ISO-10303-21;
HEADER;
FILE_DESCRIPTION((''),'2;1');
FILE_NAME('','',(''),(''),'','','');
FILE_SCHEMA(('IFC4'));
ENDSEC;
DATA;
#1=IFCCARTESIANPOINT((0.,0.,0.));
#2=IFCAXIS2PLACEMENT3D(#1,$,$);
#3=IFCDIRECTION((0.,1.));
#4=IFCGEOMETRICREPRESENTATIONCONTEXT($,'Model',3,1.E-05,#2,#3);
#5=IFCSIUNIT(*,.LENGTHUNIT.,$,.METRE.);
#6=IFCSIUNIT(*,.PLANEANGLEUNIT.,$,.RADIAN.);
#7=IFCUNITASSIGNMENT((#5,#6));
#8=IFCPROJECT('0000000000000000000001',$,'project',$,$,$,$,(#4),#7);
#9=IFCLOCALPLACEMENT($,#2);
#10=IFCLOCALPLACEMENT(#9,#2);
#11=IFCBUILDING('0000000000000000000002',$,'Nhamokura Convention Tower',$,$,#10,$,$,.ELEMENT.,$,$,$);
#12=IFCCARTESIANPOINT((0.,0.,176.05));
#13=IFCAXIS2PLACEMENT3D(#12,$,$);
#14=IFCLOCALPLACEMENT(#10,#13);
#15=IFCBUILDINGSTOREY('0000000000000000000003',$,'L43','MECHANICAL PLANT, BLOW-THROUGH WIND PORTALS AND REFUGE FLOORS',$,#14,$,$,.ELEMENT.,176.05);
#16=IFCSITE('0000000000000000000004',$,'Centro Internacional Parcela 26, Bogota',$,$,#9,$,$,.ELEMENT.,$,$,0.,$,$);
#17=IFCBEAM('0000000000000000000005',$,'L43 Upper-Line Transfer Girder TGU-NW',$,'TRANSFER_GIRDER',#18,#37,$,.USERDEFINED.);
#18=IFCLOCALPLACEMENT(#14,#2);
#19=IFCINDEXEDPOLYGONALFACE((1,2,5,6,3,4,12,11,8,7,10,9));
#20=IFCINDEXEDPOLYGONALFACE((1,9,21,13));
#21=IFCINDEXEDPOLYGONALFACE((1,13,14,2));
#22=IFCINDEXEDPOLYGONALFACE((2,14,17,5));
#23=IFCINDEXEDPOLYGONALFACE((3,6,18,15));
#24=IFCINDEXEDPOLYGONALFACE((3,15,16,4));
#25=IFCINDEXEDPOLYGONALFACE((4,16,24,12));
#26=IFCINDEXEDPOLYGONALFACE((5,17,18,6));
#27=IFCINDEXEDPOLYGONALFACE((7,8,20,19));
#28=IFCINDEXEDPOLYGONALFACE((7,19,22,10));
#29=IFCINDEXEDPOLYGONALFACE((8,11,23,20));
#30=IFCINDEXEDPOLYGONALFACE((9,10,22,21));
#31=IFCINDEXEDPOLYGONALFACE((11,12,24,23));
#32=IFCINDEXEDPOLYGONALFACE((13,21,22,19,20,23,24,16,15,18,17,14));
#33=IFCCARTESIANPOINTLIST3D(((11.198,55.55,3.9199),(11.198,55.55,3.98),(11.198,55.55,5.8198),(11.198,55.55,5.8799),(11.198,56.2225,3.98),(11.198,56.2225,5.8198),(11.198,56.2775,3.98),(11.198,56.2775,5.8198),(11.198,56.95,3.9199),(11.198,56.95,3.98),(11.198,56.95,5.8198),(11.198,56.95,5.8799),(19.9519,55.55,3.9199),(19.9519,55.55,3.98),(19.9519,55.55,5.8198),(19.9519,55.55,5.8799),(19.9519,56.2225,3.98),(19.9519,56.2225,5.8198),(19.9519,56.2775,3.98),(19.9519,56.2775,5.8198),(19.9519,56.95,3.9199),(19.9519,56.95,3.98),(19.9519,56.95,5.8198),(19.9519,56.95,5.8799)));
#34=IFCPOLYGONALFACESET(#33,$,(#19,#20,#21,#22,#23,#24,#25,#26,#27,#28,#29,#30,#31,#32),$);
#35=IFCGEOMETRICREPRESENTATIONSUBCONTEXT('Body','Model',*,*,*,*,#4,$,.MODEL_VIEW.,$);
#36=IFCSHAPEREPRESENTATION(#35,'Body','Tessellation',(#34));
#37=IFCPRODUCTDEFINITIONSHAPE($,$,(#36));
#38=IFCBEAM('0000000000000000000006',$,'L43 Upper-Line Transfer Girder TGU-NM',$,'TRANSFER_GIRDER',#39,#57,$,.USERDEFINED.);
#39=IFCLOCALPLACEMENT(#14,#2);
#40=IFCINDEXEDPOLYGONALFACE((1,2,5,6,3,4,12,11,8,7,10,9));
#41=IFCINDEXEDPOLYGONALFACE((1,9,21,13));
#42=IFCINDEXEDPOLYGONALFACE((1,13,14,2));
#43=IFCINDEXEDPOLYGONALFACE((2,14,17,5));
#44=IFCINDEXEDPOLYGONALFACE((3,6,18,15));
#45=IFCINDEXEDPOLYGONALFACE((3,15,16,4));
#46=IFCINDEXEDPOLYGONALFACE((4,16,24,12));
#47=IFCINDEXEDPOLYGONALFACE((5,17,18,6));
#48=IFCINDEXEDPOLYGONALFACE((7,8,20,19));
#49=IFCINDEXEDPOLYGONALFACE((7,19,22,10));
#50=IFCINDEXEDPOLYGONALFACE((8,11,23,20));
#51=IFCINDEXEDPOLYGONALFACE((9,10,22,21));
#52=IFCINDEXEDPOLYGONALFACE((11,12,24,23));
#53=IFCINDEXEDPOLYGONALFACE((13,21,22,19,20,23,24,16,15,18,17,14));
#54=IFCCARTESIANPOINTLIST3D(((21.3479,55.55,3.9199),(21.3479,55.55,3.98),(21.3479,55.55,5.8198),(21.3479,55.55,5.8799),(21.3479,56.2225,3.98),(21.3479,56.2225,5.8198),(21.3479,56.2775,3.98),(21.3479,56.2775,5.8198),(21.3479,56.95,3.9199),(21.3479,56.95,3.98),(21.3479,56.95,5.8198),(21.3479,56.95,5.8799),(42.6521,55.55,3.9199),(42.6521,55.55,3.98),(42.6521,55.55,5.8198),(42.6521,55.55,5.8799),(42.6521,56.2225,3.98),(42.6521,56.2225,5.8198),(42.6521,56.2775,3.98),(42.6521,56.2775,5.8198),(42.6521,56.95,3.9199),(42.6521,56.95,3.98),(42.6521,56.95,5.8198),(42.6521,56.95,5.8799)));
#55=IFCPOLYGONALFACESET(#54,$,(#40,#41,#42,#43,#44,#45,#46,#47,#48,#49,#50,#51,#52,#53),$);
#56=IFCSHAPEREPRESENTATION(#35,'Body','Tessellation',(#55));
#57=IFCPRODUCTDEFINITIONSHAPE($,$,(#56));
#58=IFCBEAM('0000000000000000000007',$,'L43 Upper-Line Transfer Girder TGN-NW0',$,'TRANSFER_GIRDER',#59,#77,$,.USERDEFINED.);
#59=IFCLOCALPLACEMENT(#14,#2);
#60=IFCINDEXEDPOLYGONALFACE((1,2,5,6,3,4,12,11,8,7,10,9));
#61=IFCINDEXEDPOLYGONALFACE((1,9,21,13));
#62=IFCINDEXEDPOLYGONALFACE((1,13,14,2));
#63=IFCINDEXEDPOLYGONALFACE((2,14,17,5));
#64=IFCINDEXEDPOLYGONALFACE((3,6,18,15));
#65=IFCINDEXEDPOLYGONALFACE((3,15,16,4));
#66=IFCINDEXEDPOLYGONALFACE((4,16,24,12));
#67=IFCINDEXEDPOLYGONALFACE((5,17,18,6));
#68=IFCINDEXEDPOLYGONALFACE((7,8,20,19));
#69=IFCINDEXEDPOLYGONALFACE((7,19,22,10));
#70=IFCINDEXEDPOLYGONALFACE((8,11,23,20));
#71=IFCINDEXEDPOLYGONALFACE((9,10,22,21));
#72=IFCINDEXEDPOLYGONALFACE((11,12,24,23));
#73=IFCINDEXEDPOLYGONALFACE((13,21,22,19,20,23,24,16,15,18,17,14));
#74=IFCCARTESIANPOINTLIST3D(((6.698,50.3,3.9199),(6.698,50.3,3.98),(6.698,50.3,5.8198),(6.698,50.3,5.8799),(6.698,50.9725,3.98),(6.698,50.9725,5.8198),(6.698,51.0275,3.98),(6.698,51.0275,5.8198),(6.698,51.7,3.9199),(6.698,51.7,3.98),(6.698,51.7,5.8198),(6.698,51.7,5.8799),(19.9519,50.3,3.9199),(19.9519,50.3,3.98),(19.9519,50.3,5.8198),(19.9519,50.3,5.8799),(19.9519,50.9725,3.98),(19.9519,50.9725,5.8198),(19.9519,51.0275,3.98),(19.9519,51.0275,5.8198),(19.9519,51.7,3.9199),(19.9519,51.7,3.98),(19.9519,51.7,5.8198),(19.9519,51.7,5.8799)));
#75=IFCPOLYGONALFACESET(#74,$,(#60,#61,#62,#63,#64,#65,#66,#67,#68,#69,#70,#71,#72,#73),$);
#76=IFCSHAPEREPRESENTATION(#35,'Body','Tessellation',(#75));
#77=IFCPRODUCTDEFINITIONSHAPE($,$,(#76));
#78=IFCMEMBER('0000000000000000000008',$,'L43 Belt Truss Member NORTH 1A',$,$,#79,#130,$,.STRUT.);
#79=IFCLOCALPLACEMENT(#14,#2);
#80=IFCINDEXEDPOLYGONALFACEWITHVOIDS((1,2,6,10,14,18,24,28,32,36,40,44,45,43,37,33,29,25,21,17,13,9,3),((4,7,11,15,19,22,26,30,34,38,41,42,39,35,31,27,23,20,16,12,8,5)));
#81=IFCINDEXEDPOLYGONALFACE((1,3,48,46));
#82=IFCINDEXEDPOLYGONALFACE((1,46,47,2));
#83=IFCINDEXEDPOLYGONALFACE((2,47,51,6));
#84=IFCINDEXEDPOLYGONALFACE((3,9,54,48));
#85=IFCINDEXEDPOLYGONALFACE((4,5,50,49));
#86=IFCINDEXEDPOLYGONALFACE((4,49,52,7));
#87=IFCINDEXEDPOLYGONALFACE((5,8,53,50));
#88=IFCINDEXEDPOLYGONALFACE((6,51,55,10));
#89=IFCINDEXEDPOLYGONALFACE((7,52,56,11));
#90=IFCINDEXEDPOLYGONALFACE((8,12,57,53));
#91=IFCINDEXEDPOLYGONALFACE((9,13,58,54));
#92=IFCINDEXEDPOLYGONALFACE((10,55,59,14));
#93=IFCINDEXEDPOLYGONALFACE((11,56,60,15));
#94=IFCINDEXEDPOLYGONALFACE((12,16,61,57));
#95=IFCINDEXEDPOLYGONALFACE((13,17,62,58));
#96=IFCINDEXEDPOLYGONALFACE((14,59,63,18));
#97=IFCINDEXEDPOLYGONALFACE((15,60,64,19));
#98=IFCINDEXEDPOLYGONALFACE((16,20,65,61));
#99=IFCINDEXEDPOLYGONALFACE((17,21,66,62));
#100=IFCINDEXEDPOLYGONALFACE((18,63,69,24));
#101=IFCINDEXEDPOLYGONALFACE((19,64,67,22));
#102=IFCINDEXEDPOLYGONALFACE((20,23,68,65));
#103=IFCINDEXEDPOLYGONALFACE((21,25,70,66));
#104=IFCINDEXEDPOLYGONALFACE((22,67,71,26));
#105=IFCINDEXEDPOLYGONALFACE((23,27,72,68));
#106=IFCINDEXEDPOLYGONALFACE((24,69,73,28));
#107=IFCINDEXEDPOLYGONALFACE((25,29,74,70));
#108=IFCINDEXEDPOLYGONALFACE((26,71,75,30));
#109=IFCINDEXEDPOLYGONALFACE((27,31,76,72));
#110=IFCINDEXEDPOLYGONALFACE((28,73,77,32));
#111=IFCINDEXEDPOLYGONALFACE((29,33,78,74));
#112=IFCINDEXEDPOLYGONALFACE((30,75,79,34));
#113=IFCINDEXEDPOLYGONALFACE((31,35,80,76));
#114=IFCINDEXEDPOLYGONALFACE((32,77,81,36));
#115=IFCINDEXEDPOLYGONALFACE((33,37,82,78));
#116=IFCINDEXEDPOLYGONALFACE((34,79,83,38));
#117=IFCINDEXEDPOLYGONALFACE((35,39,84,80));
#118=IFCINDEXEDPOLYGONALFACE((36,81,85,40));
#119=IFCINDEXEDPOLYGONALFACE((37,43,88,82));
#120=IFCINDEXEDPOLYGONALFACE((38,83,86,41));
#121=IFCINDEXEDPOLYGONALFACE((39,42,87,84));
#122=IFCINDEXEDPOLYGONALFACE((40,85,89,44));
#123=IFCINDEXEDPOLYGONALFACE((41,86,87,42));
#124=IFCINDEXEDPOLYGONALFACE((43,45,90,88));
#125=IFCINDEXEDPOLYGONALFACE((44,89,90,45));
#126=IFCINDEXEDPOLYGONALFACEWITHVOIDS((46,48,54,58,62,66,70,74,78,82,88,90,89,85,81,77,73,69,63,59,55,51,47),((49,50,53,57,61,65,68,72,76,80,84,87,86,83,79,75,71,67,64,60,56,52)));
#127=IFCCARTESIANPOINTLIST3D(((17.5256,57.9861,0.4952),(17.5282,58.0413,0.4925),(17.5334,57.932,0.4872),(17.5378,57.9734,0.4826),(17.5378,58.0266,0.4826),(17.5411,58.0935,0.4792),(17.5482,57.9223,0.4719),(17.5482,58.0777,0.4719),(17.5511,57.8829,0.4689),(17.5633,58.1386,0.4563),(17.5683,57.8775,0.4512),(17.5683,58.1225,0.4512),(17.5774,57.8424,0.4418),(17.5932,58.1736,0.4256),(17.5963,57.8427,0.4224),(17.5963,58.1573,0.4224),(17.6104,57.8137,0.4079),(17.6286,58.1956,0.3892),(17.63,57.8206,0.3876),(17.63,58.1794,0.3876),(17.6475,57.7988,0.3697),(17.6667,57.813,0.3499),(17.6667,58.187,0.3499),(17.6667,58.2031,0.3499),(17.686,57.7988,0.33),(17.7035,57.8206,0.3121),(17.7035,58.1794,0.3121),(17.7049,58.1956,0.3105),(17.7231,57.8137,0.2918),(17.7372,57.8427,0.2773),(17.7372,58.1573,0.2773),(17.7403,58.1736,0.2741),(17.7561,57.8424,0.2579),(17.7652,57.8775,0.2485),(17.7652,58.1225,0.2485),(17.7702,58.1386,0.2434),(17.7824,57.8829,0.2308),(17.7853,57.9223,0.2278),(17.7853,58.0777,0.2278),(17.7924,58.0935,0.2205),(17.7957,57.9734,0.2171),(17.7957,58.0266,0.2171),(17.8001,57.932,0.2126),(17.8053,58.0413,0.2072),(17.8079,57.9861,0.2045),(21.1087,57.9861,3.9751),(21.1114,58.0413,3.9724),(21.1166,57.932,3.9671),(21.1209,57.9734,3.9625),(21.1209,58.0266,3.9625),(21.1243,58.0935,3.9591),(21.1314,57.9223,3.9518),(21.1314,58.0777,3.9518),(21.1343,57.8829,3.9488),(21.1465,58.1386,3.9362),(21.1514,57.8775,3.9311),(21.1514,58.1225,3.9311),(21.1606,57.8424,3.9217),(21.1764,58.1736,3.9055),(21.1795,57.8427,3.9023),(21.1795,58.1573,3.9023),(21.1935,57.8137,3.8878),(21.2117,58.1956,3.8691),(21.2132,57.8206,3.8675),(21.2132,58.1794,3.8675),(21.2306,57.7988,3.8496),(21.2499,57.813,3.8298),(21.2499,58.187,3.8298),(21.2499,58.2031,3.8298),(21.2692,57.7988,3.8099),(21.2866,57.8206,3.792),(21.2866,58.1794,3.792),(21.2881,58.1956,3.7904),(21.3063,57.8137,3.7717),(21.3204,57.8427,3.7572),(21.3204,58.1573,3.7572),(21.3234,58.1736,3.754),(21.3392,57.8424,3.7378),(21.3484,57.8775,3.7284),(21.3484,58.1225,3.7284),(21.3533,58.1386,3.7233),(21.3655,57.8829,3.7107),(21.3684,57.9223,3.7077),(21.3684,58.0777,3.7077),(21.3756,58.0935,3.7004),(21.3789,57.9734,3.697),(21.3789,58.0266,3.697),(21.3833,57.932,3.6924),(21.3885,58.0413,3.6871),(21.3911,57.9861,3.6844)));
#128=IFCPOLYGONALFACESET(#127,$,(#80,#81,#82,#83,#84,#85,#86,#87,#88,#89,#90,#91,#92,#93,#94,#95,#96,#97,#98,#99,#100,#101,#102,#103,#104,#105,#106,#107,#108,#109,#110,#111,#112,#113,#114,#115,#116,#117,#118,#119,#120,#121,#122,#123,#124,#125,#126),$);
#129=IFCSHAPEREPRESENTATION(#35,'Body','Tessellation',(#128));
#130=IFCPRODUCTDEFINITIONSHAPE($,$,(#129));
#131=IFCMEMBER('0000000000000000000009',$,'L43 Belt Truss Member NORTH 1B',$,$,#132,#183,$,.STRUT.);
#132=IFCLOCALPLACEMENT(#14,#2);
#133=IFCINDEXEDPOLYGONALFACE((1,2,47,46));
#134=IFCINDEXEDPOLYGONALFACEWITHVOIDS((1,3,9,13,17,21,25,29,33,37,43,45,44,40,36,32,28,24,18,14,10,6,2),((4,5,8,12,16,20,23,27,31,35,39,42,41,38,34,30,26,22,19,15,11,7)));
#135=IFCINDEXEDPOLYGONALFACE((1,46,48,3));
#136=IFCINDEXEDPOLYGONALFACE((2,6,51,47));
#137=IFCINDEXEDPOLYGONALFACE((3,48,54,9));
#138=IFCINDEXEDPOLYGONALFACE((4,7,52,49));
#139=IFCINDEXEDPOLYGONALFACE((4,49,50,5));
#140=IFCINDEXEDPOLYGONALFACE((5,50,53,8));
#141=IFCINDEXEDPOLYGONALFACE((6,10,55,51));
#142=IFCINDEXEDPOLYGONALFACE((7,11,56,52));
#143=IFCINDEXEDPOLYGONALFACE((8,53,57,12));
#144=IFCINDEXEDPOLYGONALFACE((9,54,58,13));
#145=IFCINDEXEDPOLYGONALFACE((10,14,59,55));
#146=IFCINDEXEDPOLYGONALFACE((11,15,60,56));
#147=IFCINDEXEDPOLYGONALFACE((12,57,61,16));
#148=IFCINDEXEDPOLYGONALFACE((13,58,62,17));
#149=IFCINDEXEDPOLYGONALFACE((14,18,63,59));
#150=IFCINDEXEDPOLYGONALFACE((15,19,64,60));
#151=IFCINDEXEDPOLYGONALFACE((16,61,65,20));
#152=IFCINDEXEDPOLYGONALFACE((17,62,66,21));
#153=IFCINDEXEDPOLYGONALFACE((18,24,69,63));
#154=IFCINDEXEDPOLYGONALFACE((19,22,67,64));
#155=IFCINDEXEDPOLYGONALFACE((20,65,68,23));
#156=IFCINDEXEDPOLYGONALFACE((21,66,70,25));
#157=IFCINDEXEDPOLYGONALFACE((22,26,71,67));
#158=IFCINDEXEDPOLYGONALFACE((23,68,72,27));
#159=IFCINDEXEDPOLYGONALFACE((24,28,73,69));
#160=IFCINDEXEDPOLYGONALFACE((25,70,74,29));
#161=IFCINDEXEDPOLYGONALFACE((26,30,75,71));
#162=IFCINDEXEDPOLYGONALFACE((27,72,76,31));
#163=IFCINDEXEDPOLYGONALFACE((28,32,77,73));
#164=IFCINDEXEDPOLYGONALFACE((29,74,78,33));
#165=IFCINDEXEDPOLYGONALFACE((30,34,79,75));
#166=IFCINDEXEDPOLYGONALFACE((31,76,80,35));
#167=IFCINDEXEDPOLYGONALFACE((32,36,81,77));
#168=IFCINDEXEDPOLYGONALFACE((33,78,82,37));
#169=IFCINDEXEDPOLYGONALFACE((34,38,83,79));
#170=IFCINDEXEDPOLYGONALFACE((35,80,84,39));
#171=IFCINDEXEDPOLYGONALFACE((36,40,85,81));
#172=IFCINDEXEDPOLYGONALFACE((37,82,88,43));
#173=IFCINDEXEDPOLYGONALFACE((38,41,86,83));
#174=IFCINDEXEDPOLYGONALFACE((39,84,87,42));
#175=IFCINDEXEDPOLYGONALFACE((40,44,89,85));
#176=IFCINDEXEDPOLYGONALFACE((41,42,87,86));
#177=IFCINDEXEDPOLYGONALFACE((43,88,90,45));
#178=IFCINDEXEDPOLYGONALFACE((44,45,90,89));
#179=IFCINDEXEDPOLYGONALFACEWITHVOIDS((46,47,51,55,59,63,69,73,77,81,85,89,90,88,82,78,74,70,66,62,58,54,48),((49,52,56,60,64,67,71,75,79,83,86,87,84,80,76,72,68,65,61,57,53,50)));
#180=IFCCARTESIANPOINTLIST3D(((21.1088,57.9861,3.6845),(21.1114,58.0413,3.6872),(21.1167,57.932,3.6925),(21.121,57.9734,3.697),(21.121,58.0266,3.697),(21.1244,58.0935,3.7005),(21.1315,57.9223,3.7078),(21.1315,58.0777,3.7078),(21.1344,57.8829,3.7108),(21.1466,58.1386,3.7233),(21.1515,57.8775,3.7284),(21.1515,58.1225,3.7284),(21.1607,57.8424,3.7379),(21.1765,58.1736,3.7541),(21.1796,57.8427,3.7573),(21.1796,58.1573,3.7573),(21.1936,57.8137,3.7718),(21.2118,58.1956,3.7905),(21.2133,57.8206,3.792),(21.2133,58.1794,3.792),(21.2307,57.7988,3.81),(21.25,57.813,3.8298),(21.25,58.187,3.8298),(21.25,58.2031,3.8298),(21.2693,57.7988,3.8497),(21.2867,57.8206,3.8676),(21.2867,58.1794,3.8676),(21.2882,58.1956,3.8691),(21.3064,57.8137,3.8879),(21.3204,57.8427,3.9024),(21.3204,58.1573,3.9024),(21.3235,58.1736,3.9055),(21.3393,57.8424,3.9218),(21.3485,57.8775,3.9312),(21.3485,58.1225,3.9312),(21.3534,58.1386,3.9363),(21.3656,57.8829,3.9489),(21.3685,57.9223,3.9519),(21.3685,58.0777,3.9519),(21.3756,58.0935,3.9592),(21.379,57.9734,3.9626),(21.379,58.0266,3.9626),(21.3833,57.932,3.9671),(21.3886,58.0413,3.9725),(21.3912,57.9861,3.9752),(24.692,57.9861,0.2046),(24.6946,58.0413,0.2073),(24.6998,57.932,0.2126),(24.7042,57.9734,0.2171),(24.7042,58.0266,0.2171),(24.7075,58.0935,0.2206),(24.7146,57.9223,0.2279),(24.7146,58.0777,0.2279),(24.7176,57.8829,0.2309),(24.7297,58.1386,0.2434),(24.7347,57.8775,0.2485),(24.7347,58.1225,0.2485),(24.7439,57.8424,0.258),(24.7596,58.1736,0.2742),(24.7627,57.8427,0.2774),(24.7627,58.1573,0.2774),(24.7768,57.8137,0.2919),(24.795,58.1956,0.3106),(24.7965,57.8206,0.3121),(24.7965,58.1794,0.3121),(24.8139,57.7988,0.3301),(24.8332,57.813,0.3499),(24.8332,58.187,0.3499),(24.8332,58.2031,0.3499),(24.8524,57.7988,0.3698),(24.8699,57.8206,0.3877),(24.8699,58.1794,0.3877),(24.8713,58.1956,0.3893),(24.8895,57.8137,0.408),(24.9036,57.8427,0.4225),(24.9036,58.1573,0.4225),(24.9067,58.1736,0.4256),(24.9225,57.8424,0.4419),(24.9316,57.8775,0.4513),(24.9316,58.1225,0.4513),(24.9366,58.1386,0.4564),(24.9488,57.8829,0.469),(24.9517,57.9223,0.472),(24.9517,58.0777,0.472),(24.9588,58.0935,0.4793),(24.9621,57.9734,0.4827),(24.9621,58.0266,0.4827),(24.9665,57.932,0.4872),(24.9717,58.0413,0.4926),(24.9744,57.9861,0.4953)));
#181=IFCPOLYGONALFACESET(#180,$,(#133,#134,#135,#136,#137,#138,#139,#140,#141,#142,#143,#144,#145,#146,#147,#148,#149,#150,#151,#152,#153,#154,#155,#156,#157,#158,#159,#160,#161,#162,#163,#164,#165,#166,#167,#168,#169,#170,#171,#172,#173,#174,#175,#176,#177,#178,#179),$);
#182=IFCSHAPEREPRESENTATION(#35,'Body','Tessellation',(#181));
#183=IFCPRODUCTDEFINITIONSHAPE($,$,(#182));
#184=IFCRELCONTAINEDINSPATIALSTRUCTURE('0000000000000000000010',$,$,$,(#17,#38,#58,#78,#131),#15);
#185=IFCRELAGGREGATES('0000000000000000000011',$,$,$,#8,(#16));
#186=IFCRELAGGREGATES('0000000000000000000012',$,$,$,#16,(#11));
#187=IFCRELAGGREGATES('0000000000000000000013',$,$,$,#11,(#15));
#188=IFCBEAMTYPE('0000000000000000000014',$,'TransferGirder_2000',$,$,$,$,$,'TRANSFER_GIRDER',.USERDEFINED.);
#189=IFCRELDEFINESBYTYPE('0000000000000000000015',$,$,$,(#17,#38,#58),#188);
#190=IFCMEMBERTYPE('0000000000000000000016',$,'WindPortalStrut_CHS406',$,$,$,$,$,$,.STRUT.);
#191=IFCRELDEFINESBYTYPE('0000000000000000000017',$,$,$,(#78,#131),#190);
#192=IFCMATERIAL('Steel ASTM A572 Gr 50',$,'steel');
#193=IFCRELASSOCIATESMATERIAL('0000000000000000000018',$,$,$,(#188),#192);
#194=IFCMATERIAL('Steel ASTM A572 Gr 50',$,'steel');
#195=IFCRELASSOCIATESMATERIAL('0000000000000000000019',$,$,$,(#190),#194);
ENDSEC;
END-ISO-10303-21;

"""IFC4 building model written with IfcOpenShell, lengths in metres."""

from ifc_helpers import new_model, si_unit, direction, frame, origin, origin_2d, place, context, subcontext, project, spatial, hollow_circle, i_section, extrude, material, material_profile, profile_set, type_object, element, save


model = new_model("IFC4")

# Units and contexts
model_context = context("Model", 3, precision=1e-05, world=origin(), true_north=direction((0.0, 1.0)))
body_context = subcontext(model_context, "Body", "Model", "MODEL_VIEW")
ifc_project = project(units=[si_unit("LENGTHUNIT", "METRE"), si_unit("PLANEANGLEUNIT", "RADIAN")], contexts=[model_context])

# Site, building, storey
site_placement = place(None, origin())
site = spatial("IfcSite", under=ifc_project, at=site_placement, Name="Centro Internacional Parcela 26, Bogota", CompositionType="ELEMENT", RefElevation=0.0)
building_placement = place(site_placement, origin())
building = spatial("IfcBuilding", under=site, at=building_placement, Name="Nhamokura Convention Tower", CompositionType="ELEMENT")
storey_placement = place(building_placement, frame((0.0, 0.0, 176.05)))
storey = spatial("IfcBuildingStorey", under=building, at=storey_placement, Name="L43", Description="MECHANICAL PLANT, BLOW-THROUGH WIND PORTALS AND REFUGE FLOORS", CompositionType="ELEMENT", Elevation=176.05)

# Beams
ifc_material_1 = material(Name="Steel ASTM A572 Gr 50", Category="steel")
ifc_material_profile_1 = material_profile(ifc_material_1, i_section(OverallWidth=1.3999, OverallDepth=1.96, WebThickness=0.0549, FlangeThickness=0.0601, at=origin_2d()))
ifc_profile_set_1 = profile_set([ifc_material_profile_1], Name="Steel ASTM A572 Gr 50")
beam_type_1 = type_object("IfcBeamType", Name="TransferGirder_2000", ElementType="TRANSFER_GIRDER", PredefinedType="USERDEFINED", material=ifc_profile_set_1)
beam_1_placement = place(storey_placement, frame((11.198, 56.25, 4.8999), z_axis=(1.0, 0.0, 0.0), x_axis=(0.0, 1.0, 0.0)))
element("IfcBeam", 1, at=beam_1_placement, inside=storey, type_object=beam_type_1, Name="L43 Upper-Line Transfer Girder TGU-NW", ObjectType="TRANSFER_GIRDER", PredefinedType="USERDEFINED", context=body_context, shape_type="SweptSolid", body=[
    extrude(i_section(OverallWidth=1.3999, OverallDepth=1.96, WebThickness=0.0549, FlangeThickness=0.0601, at=origin_2d()), origin(), (0.0, 0.0, 1.0), 8.7539),
])
beam_2_placement = place(storey_placement, frame((21.3479, 56.25, 4.8999), z_axis=(1.0, 0.0, 0.0), x_axis=(0.0, 1.0, 0.0)))
element("IfcBeam", 2, at=beam_2_placement, inside=storey, type_object=beam_type_1, Name="L43 Upper-Line Transfer Girder TGU-NM", ObjectType="TRANSFER_GIRDER", PredefinedType="USERDEFINED", context=body_context, shape_type="SweptSolid", body=[
    extrude(i_section(OverallWidth=1.3999, OverallDepth=1.96, WebThickness=0.0549, FlangeThickness=0.0601, at=origin_2d()), origin(), (0.0, 0.0, 1.0), 21.3042),
])
beam_3_placement = place(storey_placement, frame((6.698, 51.0, 4.8999), z_axis=(1.0, 0.0, 0.0), x_axis=(0.0, 1.0, 0.0)))
element("IfcBeam", 3, at=beam_3_placement, inside=storey, type_object=beam_type_1, Name="L43 Upper-Line Transfer Girder TGN-NW0", ObjectType="TRANSFER_GIRDER", PredefinedType="USERDEFINED", context=body_context, shape_type="SweptSolid", body=[
    extrude(i_section(OverallWidth=1.3999, OverallDepth=1.96, WebThickness=0.0549, FlangeThickness=0.0601, at=origin_2d()), origin(), (0.0, 0.0, 1.0), 13.2539),
])

# Members
ifc_material_2 = material(Name="Steel ASTM A572 Gr 50", Category="steel")
ifc_material_profile_2 = material_profile(ifc_material_2, hollow_circle(Radius=0.2031, WallThickness=0.0161, at=origin_2d()))
ifc_profile_set_2 = profile_set([ifc_material_profile_2], Name="Steel ASTM A572 Gr 50")
member_type_1 = type_object("IfcMemberType", Name="WindPortalStrut_CHS406", PredefinedType="STRUT", material=ifc_profile_set_2)
for number, where, z_axis, x_axis, name in (
    (4, (17.6667, 58.0, 0.3499), (0.717369, 0.0, 0.696694), (0.0, 1.0, 0.0), "L43 Belt Truss Member NORTH 1A"),
    (5, (21.25, 58.0, 3.8298), (0.717369, 0.0, -0.696694), (0.0, 1.0, 0.0), "L43 Belt Truss Member NORTH 1B"),
):
    element("IfcMember", number, at=place(storey_placement, frame(where, z_axis=z_axis, x_axis=x_axis)), inside=storey, type_object=member_type_1, Name=name, PredefinedType="STRUT", context=body_context, shape_type="SweptSolid", body=[
        extrude(hollow_circle(Radius=0.2031, WallThickness=0.0161, at=origin_2d()), origin(), (0.0, 0.0, 1.0), 4.9949),
    ])

save(model, "model.ifc")
